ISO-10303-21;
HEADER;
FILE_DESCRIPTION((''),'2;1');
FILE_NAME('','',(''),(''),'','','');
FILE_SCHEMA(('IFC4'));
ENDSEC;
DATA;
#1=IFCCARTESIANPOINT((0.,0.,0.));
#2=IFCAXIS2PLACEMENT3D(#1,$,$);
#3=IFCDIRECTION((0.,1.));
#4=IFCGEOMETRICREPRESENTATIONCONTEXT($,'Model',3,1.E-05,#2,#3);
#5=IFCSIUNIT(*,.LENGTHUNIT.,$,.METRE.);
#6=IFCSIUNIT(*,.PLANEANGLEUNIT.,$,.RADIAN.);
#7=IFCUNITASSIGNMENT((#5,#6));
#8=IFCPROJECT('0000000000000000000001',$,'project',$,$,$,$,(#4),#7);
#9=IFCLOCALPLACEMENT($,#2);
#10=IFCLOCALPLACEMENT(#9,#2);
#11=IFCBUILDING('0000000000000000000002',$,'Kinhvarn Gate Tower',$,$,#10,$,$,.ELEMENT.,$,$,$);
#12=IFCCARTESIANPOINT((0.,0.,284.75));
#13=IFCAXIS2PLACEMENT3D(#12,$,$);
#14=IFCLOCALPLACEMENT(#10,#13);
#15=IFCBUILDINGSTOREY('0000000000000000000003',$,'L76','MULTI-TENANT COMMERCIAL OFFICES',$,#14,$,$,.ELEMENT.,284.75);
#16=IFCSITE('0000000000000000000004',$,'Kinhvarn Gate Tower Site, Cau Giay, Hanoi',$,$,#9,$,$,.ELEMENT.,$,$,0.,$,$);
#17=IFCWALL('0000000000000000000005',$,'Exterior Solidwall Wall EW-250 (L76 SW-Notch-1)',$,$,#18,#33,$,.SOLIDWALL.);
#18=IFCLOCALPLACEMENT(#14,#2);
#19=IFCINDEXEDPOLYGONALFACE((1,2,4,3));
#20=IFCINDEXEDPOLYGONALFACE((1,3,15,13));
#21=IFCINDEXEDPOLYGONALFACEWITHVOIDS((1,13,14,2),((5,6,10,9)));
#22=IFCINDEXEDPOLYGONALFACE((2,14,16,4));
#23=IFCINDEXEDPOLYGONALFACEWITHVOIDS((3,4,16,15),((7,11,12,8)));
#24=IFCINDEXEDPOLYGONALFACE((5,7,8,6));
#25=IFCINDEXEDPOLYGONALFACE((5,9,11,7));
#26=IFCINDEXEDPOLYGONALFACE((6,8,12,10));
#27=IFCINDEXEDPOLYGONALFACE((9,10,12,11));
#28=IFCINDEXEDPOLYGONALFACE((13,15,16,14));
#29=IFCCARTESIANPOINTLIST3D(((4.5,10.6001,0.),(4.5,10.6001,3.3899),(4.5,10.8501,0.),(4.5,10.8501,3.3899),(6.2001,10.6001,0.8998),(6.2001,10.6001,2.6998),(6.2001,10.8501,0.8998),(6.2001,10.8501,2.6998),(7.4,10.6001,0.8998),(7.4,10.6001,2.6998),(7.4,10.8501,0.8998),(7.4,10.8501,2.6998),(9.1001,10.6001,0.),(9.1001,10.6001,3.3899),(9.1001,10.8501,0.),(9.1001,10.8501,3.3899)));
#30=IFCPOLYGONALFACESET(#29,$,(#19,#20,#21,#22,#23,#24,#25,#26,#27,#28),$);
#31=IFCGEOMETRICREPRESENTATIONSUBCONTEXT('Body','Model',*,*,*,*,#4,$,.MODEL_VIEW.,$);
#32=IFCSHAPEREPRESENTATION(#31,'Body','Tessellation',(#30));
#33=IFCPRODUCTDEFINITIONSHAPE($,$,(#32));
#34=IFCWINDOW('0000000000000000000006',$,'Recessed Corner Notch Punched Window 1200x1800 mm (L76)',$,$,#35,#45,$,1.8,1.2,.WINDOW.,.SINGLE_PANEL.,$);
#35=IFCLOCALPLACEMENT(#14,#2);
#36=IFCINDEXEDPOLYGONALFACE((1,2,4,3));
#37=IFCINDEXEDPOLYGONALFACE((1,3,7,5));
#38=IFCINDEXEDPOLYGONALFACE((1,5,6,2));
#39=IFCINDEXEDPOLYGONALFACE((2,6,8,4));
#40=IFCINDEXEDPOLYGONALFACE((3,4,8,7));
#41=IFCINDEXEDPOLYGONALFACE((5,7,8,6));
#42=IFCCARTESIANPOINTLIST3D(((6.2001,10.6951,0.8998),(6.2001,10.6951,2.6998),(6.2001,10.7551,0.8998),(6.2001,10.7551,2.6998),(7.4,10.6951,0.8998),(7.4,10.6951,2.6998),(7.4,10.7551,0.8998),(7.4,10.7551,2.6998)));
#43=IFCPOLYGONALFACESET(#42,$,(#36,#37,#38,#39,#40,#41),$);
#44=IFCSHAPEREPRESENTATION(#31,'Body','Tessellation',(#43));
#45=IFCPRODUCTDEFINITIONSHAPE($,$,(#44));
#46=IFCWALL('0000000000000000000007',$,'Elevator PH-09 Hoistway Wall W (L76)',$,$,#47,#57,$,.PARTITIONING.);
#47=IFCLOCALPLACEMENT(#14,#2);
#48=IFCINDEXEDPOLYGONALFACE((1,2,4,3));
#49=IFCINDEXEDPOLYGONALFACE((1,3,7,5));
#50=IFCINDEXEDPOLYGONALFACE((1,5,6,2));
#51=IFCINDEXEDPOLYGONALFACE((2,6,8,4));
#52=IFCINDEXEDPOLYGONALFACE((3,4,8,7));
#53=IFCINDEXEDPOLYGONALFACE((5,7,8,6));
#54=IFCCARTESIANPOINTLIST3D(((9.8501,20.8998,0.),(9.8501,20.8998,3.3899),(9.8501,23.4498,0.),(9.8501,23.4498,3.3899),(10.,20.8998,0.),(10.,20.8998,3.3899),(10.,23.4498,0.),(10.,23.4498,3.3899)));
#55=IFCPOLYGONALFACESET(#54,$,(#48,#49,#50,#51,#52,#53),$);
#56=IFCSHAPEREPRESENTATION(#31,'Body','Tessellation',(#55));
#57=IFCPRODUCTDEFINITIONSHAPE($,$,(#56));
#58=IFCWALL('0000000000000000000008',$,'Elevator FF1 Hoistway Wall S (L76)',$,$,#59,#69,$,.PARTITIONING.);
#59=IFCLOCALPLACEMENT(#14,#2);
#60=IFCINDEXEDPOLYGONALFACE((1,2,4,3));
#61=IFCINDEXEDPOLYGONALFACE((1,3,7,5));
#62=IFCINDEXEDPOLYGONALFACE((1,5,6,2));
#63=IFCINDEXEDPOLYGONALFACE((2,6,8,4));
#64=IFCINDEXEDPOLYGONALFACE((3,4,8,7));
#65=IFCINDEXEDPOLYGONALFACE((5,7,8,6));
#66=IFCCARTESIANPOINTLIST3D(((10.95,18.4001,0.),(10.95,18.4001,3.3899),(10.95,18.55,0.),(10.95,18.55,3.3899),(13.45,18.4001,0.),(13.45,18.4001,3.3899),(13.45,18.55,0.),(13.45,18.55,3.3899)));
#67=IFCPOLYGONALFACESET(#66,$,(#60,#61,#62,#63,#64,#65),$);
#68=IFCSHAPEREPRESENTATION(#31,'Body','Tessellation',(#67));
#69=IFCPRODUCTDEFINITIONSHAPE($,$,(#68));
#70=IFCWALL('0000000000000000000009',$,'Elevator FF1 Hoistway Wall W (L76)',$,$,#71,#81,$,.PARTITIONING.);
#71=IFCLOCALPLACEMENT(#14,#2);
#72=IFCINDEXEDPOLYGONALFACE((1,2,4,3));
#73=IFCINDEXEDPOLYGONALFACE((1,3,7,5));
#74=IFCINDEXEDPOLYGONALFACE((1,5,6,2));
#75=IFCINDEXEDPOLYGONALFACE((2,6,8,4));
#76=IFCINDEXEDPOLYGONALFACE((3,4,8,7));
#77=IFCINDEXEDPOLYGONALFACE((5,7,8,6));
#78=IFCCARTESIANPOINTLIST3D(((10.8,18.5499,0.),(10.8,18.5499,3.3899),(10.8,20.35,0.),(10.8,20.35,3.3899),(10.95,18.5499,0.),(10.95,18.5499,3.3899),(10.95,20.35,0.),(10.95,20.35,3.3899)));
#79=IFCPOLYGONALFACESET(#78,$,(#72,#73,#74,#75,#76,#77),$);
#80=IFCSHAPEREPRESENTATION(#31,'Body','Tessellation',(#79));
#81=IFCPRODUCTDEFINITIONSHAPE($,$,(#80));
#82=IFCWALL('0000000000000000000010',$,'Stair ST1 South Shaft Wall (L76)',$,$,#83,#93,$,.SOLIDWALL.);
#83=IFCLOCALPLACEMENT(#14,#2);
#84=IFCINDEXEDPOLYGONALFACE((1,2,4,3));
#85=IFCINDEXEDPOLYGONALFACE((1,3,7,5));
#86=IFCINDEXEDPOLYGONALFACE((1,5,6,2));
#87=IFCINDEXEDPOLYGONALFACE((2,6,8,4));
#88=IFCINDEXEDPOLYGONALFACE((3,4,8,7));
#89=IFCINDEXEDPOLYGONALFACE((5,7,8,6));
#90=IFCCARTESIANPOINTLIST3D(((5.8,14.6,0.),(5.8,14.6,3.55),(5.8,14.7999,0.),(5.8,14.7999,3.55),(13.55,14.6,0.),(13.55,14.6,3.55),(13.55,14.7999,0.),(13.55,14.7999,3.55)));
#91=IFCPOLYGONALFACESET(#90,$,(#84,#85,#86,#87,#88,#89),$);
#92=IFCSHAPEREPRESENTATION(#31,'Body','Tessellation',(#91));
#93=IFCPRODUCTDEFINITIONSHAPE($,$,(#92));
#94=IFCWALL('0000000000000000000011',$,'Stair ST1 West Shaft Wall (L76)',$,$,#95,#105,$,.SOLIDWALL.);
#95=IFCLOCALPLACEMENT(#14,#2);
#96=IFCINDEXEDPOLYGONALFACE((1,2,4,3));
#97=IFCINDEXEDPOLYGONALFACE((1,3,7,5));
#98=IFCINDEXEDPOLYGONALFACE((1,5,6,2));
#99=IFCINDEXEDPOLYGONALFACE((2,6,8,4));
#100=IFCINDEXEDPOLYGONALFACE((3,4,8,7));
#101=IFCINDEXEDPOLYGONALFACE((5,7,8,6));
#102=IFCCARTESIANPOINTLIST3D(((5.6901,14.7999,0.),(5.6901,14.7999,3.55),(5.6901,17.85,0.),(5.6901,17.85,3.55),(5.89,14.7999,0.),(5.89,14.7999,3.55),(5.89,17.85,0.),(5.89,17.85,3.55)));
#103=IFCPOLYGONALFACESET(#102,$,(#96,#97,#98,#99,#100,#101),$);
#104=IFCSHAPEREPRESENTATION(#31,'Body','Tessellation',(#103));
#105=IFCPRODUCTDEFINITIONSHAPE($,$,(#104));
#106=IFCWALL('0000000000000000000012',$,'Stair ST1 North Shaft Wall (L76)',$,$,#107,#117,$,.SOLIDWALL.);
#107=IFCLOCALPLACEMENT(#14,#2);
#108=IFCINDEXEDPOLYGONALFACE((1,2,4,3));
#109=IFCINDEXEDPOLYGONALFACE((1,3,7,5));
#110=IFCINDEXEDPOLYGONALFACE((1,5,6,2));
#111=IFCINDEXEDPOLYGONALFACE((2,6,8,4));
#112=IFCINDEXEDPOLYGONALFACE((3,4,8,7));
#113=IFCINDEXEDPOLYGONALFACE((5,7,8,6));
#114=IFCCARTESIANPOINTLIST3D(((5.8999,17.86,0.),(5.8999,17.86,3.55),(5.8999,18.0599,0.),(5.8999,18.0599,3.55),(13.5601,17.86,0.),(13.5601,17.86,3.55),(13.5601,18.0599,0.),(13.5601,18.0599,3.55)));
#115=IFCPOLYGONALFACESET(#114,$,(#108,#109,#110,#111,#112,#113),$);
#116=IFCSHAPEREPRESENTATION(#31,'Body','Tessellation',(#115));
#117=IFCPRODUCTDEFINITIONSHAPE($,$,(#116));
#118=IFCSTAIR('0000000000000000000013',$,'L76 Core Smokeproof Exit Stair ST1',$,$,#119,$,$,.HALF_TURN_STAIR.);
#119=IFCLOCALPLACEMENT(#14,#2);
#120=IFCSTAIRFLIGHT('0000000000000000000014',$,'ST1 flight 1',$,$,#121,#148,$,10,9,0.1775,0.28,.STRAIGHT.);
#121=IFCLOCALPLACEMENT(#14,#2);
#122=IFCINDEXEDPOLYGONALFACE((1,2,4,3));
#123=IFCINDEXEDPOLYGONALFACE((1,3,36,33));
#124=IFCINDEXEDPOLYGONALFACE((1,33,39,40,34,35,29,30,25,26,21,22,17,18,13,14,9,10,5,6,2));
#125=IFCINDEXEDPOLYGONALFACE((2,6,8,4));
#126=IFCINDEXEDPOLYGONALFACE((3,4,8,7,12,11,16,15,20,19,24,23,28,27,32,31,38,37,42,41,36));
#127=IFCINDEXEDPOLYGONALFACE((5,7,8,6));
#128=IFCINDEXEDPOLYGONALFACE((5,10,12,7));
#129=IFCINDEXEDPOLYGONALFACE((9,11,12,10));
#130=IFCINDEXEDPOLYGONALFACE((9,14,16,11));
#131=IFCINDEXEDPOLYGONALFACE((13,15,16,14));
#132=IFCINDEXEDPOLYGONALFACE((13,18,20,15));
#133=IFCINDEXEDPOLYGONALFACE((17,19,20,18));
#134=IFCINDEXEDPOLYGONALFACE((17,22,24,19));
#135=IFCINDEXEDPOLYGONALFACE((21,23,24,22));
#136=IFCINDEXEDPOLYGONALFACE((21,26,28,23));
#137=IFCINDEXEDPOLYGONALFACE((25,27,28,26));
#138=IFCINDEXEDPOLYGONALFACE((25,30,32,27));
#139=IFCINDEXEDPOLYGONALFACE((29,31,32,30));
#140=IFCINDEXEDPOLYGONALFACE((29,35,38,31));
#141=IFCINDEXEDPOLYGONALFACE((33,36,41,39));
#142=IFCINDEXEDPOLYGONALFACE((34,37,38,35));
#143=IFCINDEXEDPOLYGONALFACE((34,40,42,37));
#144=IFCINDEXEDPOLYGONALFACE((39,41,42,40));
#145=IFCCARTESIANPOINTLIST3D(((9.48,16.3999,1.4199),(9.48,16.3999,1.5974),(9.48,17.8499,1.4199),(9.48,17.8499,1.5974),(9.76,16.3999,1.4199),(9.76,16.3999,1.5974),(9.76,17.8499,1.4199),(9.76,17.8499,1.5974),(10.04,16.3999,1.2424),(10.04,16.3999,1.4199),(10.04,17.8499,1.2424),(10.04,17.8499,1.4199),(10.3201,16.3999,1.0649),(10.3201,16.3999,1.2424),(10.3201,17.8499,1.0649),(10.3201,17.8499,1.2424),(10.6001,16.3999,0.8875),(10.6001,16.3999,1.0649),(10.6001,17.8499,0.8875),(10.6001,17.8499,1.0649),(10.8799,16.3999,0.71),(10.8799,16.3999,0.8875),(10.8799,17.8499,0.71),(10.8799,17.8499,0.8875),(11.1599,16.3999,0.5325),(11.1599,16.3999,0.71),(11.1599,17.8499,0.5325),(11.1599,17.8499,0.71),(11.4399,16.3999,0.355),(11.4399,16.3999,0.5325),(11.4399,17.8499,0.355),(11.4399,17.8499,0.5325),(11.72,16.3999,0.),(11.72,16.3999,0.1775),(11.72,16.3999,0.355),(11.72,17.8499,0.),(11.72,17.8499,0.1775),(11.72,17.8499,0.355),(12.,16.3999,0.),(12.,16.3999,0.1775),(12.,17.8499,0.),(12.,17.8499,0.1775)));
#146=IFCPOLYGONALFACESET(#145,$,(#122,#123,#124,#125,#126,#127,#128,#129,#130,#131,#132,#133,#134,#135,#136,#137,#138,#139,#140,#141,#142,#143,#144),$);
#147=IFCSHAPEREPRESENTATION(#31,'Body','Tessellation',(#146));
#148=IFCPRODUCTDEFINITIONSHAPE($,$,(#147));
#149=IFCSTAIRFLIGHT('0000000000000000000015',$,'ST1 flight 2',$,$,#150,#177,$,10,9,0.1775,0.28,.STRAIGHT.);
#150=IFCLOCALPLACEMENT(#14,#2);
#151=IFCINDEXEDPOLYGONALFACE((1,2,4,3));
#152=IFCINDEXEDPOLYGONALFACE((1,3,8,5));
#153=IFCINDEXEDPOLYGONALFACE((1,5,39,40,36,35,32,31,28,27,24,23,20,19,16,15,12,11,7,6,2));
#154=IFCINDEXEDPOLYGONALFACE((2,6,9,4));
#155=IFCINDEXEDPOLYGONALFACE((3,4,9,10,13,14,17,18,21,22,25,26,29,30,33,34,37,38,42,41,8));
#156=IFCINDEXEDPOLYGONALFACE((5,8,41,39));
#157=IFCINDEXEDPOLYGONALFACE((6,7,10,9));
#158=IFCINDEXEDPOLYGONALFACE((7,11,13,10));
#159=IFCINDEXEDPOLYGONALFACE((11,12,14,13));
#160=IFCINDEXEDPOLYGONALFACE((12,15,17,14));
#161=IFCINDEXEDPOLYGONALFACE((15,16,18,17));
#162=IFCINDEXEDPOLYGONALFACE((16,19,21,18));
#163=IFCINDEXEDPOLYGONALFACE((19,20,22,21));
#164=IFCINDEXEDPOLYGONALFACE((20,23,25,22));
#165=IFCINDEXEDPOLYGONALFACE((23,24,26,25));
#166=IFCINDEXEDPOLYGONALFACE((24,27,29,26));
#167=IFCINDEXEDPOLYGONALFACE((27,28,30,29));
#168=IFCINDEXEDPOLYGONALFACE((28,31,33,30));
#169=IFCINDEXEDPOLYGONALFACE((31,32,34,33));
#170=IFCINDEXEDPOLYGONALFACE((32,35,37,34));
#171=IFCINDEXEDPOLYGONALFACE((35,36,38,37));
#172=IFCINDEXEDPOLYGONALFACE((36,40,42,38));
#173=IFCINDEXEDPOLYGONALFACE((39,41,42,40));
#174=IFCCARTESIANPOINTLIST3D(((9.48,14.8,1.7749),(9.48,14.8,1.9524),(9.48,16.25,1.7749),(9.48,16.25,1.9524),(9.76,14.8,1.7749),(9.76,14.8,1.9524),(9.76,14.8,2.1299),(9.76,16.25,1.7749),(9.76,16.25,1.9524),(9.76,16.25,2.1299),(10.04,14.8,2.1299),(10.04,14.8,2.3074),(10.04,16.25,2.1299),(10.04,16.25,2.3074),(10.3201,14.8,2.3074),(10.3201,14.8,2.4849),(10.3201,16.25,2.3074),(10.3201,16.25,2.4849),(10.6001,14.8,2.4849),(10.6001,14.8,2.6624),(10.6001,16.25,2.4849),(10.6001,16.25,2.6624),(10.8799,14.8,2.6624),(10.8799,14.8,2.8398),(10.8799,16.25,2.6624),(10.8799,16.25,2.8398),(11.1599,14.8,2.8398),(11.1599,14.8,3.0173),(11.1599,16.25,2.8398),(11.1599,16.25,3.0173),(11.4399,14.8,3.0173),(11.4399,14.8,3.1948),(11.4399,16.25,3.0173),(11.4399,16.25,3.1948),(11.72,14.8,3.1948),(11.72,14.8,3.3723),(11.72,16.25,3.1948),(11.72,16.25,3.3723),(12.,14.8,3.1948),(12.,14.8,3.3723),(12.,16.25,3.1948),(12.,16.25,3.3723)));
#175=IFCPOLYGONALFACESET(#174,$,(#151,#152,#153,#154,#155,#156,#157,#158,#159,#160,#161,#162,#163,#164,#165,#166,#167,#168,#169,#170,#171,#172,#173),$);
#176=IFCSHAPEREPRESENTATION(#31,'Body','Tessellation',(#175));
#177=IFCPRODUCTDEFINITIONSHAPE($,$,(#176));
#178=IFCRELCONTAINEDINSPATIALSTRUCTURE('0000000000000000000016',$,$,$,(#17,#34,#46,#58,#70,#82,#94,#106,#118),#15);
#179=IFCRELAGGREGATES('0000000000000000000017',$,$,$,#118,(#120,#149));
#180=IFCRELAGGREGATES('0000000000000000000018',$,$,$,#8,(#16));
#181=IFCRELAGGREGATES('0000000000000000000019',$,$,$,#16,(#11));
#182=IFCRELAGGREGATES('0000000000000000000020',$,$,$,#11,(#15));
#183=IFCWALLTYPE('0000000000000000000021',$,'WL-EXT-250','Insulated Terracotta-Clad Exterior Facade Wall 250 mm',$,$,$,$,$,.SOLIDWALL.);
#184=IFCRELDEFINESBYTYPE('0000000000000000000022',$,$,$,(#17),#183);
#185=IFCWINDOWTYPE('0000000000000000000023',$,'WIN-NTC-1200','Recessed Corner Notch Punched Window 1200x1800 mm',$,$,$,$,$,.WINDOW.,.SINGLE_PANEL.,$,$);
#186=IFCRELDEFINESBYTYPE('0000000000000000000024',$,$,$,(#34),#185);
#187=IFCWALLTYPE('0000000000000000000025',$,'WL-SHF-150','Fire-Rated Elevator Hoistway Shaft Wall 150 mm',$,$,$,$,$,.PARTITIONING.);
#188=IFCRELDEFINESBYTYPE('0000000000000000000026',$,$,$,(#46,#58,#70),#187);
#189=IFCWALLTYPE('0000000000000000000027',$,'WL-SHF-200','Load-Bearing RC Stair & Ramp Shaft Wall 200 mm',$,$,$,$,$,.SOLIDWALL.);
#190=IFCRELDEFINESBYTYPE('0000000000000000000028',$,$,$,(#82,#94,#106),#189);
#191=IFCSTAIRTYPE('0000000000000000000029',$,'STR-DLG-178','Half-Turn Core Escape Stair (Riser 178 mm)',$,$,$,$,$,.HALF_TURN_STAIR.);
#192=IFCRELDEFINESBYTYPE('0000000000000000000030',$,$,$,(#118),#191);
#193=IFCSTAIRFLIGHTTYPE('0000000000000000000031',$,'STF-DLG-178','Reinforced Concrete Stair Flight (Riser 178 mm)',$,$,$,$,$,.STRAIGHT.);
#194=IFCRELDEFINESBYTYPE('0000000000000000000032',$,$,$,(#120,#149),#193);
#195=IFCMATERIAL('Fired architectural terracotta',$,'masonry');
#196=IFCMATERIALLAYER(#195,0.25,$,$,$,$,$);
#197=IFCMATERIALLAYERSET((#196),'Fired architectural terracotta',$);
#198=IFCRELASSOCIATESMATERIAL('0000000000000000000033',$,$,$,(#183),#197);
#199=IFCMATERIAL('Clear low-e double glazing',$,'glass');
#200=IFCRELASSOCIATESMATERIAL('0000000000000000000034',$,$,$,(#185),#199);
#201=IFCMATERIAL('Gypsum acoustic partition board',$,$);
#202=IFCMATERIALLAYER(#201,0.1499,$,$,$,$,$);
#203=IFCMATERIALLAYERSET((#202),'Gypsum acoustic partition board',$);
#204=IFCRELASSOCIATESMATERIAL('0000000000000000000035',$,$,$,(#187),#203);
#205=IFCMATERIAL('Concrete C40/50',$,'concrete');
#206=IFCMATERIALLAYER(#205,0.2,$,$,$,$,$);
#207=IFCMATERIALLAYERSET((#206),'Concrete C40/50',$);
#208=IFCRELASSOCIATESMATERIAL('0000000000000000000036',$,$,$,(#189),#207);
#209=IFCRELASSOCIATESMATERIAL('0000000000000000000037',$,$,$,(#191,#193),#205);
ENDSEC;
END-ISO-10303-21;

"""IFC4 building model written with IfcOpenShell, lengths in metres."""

from ifc_helpers import new_model, si_unit, direction, frame, frame_2d, origin, place, context, subcontext, project, spatial, polyline, rectangle, outline, extrude, material, layer, layer_set, type_object, element, fill, aggregate, save


model = new_model("IFC4")

# Units and contexts
model_context = context("Model", 3, precision=1e-05, world=origin(), true_north=direction((0.0, 1.0)))
body_context = subcontext(model_context, "Body", "Model", "MODEL_VIEW")
ifc_project = project(units=[si_unit("LENGTHUNIT", "METRE"), si_unit("PLANEANGLEUNIT", "RADIAN")], contexts=[model_context])

# Site, building, storey
site_placement = place(None, origin())
site = spatial("IfcSite", under=ifc_project, at=site_placement, Name="Kinhvarn Gate Tower Site, Cau Giay, Hanoi", CompositionType="ELEMENT", RefElevation=0.0)
building_placement = place(site_placement, origin())
building = spatial("IfcBuilding", under=site, at=building_placement, Name="Kinhvarn Gate Tower", CompositionType="ELEMENT")
storey_placement = place(building_placement, frame((0.0, 0.0, 284.75)))
storey = spatial("IfcBuildingStorey", under=building, at=storey_placement, Name="L76", Description="MULTI-TENANT COMMERCIAL OFFICES", CompositionType="ELEMENT", Elevation=284.75)

# Wall, opening, window
ifc_material_1 = material(Name="Fired architectural terracotta", Category="masonry")
ifc_layer_1 = layer(ifc_material_1, 0.25)
ifc_layer_set_1 = layer_set([ifc_layer_1], Name="Fired architectural terracotta")
wall_type_1 = type_object("IfcWallType", Name="WL-EXT-250", Description="Insulated Terracotta-Clad Exterior Facade Wall 250 mm", PredefinedType="SOLIDWALL", material=ifc_layer_set_1)
ifc_material_2 = material(Name="Clear low-e double glazing", Category="glass")
wall_1_placement = place(storey_placement, frame((4.5, 10.7251, 0.0), z_axis=(0.0, 0.0, 1.0), x_axis=(1.0, 0.0, 0.0)))
wall_1 = element("IfcWall", 1, at=wall_1_placement, inside=storey, type_object=wall_type_1, Name="Exterior Solidwall Wall EW-250 (L76 SW-Notch-1)", PredefinedType="SOLIDWALL", context=body_context, shape_type="SweptSolid", body=[
    extrude(rectangle(XDim=4.6001, YDim=0.25, at=frame_2d((2.3, 0.0))), origin(), (0.0, 0.0, 1.0), 3.3899),
])
opening_1_placement = place(wall_1_placement, frame((1.7, 0.0, 0.8999)))
opening_1 = element("IfcOpeningElement", 2, at=opening_1_placement, cuts=wall_1, PredefinedType="OPENING", context=body_context, shape_type="SweptSolid", body=[
    extrude(rectangle(XDim=1.2, YDim=1.8, at=frame_2d((0.6001, 0.8999))), frame((0.0, 0.135, 0.0), z_axis=(0.0, -1.0, 0.0), x_axis=(1.0, 0.0, 0.0)), (0.0, 0.0, 1.0), 0.27),
])
window_type_1 = type_object("IfcWindowType", Name="WIN-NTC-1200", Description="Recessed Corner Notch Punched Window 1200x1800 mm", PartitioningType="SINGLE_PANEL", PredefinedType="WINDOW", material=ifc_material_2)
window_1_placement = place(opening_1_placement, origin())
window_1 = element("IfcWindow", 3, at=window_1_placement, inside=storey, type_object=window_type_1, Name="Recessed Corner Notch Punched Window 1200x1800 mm (L76)", OverallHeight=1.8, OverallWidth=1.2, PartitioningType="SINGLE_PANEL", PredefinedType="WINDOW", context=body_context, shape_type="SweptSolid", body=[
    extrude(rectangle(XDim=1.2, YDim=1.8, at=frame_2d((0.6001, 0.8999))), frame((0.0, 0.03, 0.0), z_axis=(0.0, -1.0, 0.0), x_axis=(1.0, 0.0, 0.0)), (0.0, 0.0, 1.0), 0.0601),
])
fill(opening_1, window_1)

# Walls
ifc_material_3 = material(Name="Gypsum acoustic partition board")
ifc_layer_2 = layer(ifc_material_3, 0.1499)
ifc_layer_set_2 = layer_set([ifc_layer_2], Name="Gypsum acoustic partition board")
wall_type_2 = type_object("IfcWallType", Name="WL-SHF-150", Description="Fire-Rated Elevator Hoistway Shaft Wall 150 mm", PredefinedType="PARTITIONING", material=ifc_layer_set_2)
wall_2_placement = place(storey_placement, frame((9.925, 20.8999, 0.0), z_axis=(0.0, 0.0, 1.0), x_axis=(0.0, 1.0, 0.0)))
element("IfcWall", 4, at=wall_2_placement, inside=storey, type_object=wall_type_2, Name="Elevator PH-09 Hoistway Wall W (L76)", PredefinedType="PARTITIONING", context=body_context, shape_type="SweptSolid", body=[
    extrude(rectangle(XDim=2.55, YDim=0.1499, at=frame_2d((1.2749, 0.0))), origin(), (0.0, 0.0, 1.0), 3.3899),
])
wall_3_placement = place(storey_placement, frame((10.95, 18.4751, 0.0), z_axis=(0.0, 0.0, 1.0), x_axis=(1.0, 0.0, 0.0)))
element("IfcWall", 5, at=wall_3_placement, inside=storey, type_object=wall_type_2, Name="Elevator FF1 Hoistway Wall S (L76)", PredefinedType="PARTITIONING", context=body_context, shape_type="SweptSolid", body=[
    extrude(rectangle(XDim=2.5, YDim=0.1499, at=frame_2d((1.25, 0.0))), origin(), (0.0, 0.0, 1.0), 3.3899),
])
wall_4_placement = place(storey_placement, frame((10.875, 18.55, 0.0), z_axis=(0.0, 0.0, 1.0), x_axis=(0.0, 1.0, 0.0)))
element("IfcWall", 6, at=wall_4_placement, inside=storey, type_object=wall_type_2, Name="Elevator FF1 Hoistway Wall W (L76)", PredefinedType="PARTITIONING", context=body_context, shape_type="SweptSolid", body=[
    extrude(rectangle(XDim=1.8, YDim=0.1499, at=frame_2d((0.8999, 0.0))), origin(), (0.0, 0.0, 1.0), 3.3899),
])
ifc_material_4 = material(Name="Concrete C40/50", Category="concrete")
ifc_layer_3 = layer(ifc_material_4, 0.2)
ifc_layer_set_3 = layer_set([ifc_layer_3], Name="Concrete C40/50")
wall_type_3 = type_object("IfcWallType", Name="WL-SHF-200", Description="Load-Bearing RC Stair & Ramp Shaft Wall 200 mm", PredefinedType="SOLIDWALL", material=ifc_layer_set_3)
wall_5_placement = place(storey_placement, frame((5.8, 14.7, 0.0), z_axis=(0.0, 0.0, 1.0), x_axis=(1.0, 0.0, 0.0)))
element("IfcWall", 7, at=wall_5_placement, inside=storey, type_object=wall_type_3, Name="Stair ST1 South Shaft Wall (L76)", PredefinedType="SOLIDWALL", context=body_context, shape_type="SweptSolid", body=[
    extrude(rectangle(XDim=7.75, YDim=0.2, at=frame_2d((3.875, 0.0))), origin(), (0.0, 0.0, 1.0), 3.55),
])
wall_6_placement = place(storey_placement, frame((5.79, 14.8, 0.0), z_axis=(0.0, 0.0, 1.0), x_axis=(0.0, 1.0, 0.0)))
element("IfcWall", 8, at=wall_6_placement, inside=storey, type_object=wall_type_3, Name="Stair ST1 West Shaft Wall (L76)", PredefinedType="SOLIDWALL", context=body_context, shape_type="SweptSolid", body=[
    extrude(rectangle(XDim=3.05, YDim=0.2, at=frame_2d((1.5249, 0.0))), origin(), (0.0, 0.0, 1.0), 3.55),
])
wall_7_placement = place(storey_placement, frame((5.8999, 17.96, 0.0), z_axis=(0.0, 0.0, 1.0), x_axis=(1.0, 0.0, 0.0)))
element("IfcWall", 9, at=wall_7_placement, inside=storey, type_object=wall_type_3, Name="Stair ST1 North Shaft Wall (L76)", PredefinedType="SOLIDWALL", context=body_context, shape_type="SweptSolid", body=[
    extrude(rectangle(XDim=7.6602, YDim=0.2, at=frame_2d((3.8301, 0.0))), origin(), (0.0, 0.0, 1.0), 3.55),
])

# Stair, stair flights
stair_type = type_object("IfcStairType", Name="STR-DLG-178", Description="Half-Turn Core Escape Stair (Riser 178 mm)", PredefinedType="HALF_TURN_STAIR", material=ifc_material_4)
stair_placement = place(storey_placement, origin())
stair = element("IfcStair", 10, at=stair_placement, inside=storey, type_object=stair_type, Name="L76 Core Smokeproof Exit Stair ST1", PredefinedType="HALF_TURN_STAIR")
stair_flight_type = type_object("IfcStairFlightType", Name="STF-DLG-178", Description="Reinforced Concrete Stair Flight (Riser 178 mm)", PredefinedType="STRAIGHT", material=ifc_material_4)
stair_flight_1_placement = place(storey_placement, frame((12.0, 17.125, 0.0), z_axis=(0.0, 0.0, 1.0), x_axis=(-1.0, 0.0, 0.0)))
stair_flight_1 = element("IfcStairFlight", 11, at=stair_flight_1_placement, type_object=stair_flight_type, Name="ST1 flight 1", NumberOfRisers=10, NumberOfTreads=9, PredefinedType="STRAIGHT", RiserHeight=0.1775, TreadLength=0.28, context=body_context, shape_type="SweptSolid", body=[
    extrude(outline(polyline([(0.0, 0.0), (0.0, 0.1775), (0.28, 0.1775), (0.28, 0.355), (0.5601, 0.355), (0.5601, 0.5325), (0.8401, 0.5325), (0.8401, 0.71), (1.1201, 0.71), (1.1201, 0.8875), (1.3999, 0.8875), (1.3999, 1.0649), (1.6799, 1.0649), (1.6799, 1.2424), (1.96, 1.2424), (1.96, 1.4199), (2.24, 1.4199), (2.24, 1.5974), (2.52, 1.5974), (2.52, 1.7749), (2.52, 1.4199), (0.28, 0.0), (0.0, 0.0)])), frame((0.0, 0.7251, 0.0), z_axis=(0.0, -1.0, 0.0), x_axis=(1.0, 0.0, 0.0)), (0.0, 0.0, 1.0), 1.45),
])
stair_flight_2_placement = place(storey_placement, frame((9.48, 15.5249, 1.7749), z_axis=(0.0, 0.0, 1.0), x_axis=(1.0, 0.0, 0.0)))
stair_flight_2 = element("IfcStairFlight", 12, at=stair_flight_2_placement, type_object=stair_flight_type, Name="ST1 flight 2", NumberOfRisers=10, NumberOfTreads=9, PredefinedType="STRAIGHT", RiserHeight=0.1775, TreadLength=0.28, context=body_context, shape_type="SweptSolid", body=[
    extrude(outline(polyline([(0.0, 0.0), (0.0, 0.1775), (0.28, 0.1775), (0.28, 0.355), (0.5601, 0.355), (0.5601, 0.5325), (0.8401, 0.5325), (0.8401, 0.71), (1.1201, 0.71), (1.1201, 0.8875), (1.3999, 0.8875), (1.3999, 1.0649), (1.6799, 1.0649), (1.6799, 1.2424), (1.96, 1.2424), (1.96, 1.4199), (2.24, 1.4199), (2.24, 1.5974), (2.52, 1.5974), (2.52, 1.7749), (2.52, 1.4199), (0.28, 0.0), (0.0, 0.0)])), frame((0.0, 0.7251, 0.0), z_axis=(0.0, -1.0, 0.0), x_axis=(1.0, 0.0, 0.0)), (0.0, 0.0, 1.0), 1.45),
])
aggregate(stair, [stair_flight_1, stair_flight_2])

save(model, "model.ifc")
